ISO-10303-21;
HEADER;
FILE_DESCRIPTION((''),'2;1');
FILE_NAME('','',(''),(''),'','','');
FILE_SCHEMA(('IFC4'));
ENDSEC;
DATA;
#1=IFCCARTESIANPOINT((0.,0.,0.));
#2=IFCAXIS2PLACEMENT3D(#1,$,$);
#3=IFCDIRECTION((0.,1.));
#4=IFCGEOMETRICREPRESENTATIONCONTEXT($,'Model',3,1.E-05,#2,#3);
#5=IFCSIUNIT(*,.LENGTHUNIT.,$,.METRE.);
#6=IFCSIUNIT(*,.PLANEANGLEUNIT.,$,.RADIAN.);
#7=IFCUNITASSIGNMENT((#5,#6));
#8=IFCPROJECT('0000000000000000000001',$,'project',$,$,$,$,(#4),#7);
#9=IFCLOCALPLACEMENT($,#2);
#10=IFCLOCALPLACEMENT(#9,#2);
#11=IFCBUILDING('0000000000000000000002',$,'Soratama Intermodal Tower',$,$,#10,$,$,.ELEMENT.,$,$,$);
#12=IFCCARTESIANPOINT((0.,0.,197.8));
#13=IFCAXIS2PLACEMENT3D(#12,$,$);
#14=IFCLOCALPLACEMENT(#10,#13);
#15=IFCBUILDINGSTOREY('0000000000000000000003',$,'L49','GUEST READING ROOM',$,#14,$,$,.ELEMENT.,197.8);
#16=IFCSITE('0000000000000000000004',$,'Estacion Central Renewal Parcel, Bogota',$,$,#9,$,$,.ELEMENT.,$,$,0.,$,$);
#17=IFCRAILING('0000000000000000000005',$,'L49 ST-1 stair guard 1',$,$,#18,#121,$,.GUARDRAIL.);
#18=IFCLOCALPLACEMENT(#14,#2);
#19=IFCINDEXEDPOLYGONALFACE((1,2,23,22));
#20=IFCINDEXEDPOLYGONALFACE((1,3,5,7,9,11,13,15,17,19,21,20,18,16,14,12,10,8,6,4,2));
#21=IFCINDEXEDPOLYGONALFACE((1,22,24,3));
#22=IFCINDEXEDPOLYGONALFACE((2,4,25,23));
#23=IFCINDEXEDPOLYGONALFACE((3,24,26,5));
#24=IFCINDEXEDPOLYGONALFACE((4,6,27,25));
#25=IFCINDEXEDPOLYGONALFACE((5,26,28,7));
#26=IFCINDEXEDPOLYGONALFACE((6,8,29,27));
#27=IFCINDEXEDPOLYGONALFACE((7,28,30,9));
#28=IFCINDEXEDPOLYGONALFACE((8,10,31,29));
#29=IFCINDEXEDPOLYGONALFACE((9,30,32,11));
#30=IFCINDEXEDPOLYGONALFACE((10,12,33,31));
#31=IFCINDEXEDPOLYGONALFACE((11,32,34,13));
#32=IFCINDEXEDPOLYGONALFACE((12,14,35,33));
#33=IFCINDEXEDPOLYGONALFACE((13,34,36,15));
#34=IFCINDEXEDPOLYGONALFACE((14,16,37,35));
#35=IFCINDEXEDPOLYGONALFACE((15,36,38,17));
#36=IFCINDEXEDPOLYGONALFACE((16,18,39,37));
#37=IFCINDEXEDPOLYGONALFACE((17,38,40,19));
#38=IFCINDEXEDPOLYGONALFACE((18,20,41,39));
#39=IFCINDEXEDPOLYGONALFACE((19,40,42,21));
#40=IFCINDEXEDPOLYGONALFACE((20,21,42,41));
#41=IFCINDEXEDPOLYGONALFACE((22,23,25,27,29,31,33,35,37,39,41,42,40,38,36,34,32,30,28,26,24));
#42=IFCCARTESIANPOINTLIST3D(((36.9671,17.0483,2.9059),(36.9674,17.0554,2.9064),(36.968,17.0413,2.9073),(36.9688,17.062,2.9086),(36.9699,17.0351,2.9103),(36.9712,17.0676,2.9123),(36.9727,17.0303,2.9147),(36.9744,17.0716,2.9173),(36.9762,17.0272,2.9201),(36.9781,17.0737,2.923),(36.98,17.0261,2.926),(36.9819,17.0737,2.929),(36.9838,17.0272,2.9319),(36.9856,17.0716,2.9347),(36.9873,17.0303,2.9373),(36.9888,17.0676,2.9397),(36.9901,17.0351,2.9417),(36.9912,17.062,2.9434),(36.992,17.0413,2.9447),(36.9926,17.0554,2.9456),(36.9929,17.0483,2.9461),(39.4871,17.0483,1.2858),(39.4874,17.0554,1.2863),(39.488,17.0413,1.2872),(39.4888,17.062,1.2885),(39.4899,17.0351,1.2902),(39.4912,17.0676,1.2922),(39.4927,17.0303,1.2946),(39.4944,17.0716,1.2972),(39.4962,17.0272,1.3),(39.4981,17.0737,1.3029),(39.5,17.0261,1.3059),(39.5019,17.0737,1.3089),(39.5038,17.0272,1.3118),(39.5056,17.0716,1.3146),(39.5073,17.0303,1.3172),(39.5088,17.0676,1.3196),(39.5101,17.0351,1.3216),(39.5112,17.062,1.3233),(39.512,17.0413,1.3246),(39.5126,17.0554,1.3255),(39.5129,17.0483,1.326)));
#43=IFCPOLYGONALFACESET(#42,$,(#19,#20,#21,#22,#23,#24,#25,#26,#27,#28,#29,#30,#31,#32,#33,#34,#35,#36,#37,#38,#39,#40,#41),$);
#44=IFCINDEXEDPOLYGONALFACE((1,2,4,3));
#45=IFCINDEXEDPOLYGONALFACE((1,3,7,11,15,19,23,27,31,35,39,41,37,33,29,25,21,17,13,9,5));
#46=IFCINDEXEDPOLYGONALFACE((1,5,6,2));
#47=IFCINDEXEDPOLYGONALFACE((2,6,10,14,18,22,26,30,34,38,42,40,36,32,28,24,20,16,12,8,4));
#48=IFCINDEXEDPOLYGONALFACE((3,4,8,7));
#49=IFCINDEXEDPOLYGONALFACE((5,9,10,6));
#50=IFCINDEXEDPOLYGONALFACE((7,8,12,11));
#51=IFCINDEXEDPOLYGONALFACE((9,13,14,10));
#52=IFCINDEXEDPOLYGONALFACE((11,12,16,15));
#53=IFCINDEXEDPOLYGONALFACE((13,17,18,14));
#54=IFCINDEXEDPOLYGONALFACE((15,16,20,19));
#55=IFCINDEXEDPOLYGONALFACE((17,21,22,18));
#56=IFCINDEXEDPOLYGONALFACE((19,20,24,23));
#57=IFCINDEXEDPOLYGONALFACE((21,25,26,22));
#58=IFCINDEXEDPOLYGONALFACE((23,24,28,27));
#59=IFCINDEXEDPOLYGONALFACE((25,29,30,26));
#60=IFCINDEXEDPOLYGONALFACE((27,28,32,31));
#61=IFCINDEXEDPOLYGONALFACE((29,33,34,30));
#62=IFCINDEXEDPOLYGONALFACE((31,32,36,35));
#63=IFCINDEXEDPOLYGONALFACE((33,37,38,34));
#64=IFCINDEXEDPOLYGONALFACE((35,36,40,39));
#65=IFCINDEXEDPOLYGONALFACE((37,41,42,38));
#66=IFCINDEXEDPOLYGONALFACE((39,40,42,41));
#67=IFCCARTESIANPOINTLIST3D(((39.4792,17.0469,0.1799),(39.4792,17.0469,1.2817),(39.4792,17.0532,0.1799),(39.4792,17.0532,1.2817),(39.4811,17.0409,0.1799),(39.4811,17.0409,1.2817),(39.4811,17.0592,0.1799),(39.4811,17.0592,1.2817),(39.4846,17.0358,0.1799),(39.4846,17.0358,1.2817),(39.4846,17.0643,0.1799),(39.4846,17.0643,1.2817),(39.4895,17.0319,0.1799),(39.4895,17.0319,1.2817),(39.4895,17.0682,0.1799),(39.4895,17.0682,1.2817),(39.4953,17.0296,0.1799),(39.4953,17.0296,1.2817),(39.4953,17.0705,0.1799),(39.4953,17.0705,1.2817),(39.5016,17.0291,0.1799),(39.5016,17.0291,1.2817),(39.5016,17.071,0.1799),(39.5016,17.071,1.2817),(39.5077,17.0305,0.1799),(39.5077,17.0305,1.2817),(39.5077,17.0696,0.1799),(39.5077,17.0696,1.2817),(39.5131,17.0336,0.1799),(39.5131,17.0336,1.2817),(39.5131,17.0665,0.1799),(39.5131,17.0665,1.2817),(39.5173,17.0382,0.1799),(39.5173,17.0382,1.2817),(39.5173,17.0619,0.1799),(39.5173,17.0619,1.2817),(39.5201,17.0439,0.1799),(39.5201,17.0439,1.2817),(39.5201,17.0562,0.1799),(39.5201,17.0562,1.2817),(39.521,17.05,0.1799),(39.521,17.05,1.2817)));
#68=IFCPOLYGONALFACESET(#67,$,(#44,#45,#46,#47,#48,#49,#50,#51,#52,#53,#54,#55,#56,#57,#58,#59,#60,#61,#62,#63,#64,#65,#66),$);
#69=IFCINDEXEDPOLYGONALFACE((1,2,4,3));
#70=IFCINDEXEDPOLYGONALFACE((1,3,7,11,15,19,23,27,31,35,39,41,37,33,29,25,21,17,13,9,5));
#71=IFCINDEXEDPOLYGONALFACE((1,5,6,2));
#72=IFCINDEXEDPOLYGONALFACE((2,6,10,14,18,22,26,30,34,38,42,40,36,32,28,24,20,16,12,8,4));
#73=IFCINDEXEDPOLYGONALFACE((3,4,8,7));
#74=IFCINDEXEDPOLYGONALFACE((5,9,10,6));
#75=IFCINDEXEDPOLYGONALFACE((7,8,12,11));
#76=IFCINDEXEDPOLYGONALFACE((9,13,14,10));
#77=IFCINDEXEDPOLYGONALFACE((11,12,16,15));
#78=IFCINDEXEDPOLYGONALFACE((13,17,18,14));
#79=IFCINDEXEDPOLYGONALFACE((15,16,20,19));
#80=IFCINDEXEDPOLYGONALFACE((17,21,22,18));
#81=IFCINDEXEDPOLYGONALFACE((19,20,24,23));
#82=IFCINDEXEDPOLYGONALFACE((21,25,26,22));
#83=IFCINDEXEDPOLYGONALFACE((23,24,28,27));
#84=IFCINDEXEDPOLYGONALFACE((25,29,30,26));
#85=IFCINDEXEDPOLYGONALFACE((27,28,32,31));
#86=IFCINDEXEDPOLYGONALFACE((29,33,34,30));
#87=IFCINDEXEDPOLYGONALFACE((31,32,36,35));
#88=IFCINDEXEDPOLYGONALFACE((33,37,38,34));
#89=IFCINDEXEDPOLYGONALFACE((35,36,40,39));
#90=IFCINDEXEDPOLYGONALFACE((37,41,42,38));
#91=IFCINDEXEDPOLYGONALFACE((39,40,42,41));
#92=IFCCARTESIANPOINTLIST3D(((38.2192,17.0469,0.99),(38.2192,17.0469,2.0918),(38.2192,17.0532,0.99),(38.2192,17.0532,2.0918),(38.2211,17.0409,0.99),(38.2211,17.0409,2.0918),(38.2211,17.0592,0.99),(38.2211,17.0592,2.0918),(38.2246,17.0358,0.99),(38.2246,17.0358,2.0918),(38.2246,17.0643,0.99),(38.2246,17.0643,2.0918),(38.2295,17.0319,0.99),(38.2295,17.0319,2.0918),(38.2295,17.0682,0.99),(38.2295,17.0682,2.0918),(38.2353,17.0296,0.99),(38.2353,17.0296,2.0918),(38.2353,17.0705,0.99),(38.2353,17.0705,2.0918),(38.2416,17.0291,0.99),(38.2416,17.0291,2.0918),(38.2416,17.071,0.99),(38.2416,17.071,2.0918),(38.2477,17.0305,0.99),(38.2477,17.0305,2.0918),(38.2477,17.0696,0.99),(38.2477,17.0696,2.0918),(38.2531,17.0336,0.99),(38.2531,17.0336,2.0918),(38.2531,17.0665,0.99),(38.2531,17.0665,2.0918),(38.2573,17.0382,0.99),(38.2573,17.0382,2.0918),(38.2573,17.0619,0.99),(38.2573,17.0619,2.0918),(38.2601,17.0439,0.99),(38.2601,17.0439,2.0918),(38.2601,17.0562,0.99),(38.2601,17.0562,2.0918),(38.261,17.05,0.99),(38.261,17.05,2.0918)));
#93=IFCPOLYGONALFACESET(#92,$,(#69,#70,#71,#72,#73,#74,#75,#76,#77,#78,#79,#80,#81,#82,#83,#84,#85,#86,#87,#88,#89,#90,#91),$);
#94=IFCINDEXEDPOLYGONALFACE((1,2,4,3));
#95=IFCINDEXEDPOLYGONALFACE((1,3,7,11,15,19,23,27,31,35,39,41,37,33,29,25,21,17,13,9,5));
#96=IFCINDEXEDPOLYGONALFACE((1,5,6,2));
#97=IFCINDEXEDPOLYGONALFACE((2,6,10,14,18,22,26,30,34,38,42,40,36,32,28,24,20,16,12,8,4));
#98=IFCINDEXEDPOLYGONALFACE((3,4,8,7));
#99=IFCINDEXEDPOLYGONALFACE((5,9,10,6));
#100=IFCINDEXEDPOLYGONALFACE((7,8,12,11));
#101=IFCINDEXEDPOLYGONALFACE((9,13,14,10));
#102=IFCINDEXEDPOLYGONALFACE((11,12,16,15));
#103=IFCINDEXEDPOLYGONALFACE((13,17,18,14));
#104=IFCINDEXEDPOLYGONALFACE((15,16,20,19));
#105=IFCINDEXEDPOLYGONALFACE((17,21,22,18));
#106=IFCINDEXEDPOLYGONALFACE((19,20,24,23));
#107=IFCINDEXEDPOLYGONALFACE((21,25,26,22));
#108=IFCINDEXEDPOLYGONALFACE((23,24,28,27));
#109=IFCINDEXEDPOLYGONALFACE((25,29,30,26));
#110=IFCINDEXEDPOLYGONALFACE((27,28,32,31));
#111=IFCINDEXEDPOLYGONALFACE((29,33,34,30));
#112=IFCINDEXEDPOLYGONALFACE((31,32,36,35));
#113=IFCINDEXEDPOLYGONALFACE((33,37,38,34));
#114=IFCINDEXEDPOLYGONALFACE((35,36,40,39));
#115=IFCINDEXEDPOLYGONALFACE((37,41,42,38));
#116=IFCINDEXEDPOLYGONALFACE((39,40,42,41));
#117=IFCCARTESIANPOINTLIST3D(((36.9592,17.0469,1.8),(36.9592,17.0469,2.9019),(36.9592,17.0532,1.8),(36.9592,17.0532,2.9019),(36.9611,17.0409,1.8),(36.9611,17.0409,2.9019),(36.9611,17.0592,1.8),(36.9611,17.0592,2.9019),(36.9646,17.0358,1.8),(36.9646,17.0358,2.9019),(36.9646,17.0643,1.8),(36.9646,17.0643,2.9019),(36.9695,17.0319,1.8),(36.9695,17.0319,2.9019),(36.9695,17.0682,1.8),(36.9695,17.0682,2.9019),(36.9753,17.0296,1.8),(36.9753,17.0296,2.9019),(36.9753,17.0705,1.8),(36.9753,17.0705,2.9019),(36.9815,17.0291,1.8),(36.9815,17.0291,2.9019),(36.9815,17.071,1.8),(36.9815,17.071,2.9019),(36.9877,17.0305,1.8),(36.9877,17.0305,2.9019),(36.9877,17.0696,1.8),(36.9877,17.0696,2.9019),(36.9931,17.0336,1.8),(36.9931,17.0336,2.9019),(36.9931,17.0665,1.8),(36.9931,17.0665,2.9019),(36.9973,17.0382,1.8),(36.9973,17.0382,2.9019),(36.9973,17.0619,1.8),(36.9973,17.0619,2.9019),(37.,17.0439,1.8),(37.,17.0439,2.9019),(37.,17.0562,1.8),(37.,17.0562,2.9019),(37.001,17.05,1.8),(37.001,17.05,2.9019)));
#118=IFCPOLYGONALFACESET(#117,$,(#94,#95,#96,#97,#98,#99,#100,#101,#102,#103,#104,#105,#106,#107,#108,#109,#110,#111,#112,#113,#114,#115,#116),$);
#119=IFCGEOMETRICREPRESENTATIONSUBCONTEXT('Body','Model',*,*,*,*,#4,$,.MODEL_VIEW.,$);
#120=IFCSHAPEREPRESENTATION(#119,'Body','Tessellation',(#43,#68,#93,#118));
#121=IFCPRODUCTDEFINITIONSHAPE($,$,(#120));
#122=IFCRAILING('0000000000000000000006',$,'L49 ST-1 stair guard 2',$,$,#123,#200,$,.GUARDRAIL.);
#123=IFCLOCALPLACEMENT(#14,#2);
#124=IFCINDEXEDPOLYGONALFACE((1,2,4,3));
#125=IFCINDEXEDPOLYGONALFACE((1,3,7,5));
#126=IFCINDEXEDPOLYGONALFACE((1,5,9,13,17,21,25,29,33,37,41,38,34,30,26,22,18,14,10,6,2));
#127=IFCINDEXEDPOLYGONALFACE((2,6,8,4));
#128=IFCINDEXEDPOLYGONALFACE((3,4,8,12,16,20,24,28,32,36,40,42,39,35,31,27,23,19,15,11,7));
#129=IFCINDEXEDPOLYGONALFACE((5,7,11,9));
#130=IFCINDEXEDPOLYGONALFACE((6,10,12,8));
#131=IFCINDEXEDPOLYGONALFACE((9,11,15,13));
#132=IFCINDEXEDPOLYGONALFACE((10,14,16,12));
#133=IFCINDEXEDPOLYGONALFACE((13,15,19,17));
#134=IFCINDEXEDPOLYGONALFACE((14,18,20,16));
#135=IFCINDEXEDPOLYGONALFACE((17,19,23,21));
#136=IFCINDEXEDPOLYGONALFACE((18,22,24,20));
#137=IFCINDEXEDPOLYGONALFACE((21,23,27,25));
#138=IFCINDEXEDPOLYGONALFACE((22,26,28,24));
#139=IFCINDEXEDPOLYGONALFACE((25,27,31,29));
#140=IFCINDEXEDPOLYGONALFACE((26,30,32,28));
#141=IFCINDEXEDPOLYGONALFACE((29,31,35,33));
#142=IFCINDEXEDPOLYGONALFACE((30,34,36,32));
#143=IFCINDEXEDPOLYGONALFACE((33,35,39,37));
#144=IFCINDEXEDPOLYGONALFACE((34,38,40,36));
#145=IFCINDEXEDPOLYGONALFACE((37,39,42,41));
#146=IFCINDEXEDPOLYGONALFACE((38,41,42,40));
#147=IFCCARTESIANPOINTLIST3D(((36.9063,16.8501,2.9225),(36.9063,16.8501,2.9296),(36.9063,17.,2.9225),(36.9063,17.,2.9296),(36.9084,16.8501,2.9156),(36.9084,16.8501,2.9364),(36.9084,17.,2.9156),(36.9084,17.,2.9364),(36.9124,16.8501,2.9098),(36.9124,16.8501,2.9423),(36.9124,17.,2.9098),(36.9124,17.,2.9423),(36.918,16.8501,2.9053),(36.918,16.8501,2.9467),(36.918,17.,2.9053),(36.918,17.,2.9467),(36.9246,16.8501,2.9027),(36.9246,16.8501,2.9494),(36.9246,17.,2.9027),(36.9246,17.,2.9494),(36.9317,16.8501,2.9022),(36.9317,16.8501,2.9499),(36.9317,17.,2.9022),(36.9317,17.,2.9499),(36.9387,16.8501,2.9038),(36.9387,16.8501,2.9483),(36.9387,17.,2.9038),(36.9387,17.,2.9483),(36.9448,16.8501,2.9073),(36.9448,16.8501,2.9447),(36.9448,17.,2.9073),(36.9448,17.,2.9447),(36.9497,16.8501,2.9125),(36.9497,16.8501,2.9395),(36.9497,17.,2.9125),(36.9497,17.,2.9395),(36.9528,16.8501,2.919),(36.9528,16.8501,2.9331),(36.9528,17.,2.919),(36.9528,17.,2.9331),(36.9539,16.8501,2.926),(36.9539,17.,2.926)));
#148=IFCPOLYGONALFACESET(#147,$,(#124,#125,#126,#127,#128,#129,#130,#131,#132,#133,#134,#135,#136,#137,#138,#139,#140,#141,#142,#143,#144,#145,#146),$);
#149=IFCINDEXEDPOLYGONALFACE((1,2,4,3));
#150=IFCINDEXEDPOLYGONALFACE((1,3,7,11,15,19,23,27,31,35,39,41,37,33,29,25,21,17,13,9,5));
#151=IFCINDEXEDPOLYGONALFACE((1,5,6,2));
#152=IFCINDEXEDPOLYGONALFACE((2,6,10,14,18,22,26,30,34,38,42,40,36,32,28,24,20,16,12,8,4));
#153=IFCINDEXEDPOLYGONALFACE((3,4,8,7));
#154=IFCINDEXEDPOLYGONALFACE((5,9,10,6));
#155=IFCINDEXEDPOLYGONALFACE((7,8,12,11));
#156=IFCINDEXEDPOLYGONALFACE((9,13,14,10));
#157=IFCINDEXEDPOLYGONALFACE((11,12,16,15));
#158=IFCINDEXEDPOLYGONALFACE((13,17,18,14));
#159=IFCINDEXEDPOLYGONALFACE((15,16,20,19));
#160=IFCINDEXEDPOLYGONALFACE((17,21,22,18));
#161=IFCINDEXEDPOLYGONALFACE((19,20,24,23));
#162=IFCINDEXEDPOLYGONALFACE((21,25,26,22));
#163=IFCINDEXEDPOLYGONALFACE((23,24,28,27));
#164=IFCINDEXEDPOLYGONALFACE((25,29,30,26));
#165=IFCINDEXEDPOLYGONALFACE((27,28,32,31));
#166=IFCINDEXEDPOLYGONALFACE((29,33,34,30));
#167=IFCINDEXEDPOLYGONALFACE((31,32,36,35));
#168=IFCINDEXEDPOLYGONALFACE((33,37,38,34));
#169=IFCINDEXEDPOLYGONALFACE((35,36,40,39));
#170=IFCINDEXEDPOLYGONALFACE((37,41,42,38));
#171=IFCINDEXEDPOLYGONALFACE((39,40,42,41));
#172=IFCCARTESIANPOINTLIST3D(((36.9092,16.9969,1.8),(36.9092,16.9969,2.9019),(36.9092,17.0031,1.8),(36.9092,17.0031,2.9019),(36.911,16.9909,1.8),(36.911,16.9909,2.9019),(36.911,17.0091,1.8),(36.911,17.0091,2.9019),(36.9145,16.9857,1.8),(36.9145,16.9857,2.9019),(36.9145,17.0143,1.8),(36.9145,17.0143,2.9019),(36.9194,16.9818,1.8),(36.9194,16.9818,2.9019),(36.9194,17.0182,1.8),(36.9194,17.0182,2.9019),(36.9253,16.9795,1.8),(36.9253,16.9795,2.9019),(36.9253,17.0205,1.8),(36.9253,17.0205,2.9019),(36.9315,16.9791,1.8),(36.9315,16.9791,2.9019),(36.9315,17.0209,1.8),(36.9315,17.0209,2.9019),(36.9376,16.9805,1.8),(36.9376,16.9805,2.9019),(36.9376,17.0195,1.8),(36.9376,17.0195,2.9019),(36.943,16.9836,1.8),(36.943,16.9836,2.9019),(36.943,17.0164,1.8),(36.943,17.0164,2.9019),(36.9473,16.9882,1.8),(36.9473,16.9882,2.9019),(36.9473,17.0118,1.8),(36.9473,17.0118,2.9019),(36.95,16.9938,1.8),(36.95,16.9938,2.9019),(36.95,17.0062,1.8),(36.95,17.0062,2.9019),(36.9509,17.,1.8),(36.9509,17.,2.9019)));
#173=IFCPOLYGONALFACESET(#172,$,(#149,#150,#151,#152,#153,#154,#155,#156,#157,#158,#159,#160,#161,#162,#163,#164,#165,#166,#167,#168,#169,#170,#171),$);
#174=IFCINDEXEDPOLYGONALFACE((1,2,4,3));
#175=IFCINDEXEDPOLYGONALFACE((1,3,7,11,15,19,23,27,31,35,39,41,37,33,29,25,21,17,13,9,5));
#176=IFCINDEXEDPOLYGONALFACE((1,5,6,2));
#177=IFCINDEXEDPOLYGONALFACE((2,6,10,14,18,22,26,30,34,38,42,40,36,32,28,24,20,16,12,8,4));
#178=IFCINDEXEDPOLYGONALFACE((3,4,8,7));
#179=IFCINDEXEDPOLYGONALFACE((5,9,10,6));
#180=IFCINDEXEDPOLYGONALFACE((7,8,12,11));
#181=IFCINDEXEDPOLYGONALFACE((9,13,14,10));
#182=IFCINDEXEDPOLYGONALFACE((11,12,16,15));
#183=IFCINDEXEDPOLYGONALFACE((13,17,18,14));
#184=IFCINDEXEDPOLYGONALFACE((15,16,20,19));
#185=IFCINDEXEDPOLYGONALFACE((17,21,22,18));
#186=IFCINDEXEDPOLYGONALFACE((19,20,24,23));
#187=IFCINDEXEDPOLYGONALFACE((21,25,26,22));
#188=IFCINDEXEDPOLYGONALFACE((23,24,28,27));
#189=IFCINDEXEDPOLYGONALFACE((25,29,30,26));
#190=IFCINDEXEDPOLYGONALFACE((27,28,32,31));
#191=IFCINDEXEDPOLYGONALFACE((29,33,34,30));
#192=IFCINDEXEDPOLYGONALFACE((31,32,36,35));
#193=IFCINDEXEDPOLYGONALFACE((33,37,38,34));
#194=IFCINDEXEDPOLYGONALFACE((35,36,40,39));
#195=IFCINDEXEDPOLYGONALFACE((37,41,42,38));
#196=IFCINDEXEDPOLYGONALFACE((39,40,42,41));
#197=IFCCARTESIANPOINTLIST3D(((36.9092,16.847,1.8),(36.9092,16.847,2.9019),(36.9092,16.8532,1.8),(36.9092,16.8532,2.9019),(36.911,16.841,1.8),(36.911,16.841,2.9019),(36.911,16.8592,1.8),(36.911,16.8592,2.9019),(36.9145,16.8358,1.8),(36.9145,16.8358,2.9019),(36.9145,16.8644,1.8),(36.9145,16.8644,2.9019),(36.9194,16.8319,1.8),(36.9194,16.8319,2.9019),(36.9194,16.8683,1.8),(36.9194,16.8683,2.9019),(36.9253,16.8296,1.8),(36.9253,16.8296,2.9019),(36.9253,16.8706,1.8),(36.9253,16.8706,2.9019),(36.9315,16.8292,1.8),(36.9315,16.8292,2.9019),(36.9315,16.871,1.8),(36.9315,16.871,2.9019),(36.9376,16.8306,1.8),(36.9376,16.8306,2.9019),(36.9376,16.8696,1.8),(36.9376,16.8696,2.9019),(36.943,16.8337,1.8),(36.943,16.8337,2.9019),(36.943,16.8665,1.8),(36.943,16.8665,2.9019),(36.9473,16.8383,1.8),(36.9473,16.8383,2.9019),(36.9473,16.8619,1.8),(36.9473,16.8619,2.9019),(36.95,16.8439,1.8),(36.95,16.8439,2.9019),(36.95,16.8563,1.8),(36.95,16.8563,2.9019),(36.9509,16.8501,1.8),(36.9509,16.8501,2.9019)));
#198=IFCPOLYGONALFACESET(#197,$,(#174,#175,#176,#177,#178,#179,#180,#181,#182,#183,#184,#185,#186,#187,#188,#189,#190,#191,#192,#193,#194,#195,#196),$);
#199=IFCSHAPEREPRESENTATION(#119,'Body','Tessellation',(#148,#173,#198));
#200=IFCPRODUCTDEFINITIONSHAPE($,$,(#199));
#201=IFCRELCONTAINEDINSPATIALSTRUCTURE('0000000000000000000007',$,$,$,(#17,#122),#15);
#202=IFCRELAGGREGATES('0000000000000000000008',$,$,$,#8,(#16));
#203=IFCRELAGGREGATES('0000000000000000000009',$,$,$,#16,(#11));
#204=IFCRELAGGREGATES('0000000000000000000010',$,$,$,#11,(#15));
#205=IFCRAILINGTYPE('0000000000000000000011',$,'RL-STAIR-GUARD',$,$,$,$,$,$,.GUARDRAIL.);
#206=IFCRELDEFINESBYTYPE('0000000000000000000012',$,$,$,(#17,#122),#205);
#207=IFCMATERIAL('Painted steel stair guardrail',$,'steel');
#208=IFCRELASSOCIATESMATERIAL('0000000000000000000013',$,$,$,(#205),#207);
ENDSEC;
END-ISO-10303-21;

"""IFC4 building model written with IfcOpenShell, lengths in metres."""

from ifc_helpers import new_model, si_unit, direction, frame, origin, origin_2d, place, context, subcontext, project, spatial, circle, extrude, material, type_object, element, save


model = new_model("IFC4")

# Units and contexts
model_context = context("Model", 3, precision=1e-05, world=origin(), true_north=direction((0.0, 1.0)))
body_context = subcontext(model_context, "Body", "Model", "MODEL_VIEW")
ifc_project = project(units=[si_unit("LENGTHUNIT", "METRE"), si_unit("PLANEANGLEUNIT", "RADIAN")], contexts=[model_context])

# Site, building, storey
site_placement = place(None, origin())
site = spatial("IfcSite", under=ifc_project, at=site_placement, Name="Estacion Central Renewal Parcel, Bogota", CompositionType="ELEMENT", RefElevation=0.0)
building_placement = place(site_placement, origin())
building = spatial("IfcBuilding", under=site, at=building_placement, Name="Soratama Intermodal Tower", CompositionType="ELEMENT")
storey_placement = place(building_placement, frame((0.0, 0.0, 197.8)))
storey = spatial("IfcBuildingStorey", under=building, at=storey_placement, Name="L49", Description="GUEST READING ROOM", CompositionType="ELEMENT", Elevation=197.8)

# Railings
ifc_material_1 = material(Name="Painted steel stair guardrail", Category="steel")
railing_type_1 = type_object("IfcRailingType", Name="RL-STAIR-GUARD", PredefinedType="GUARDRAIL", material=ifc_material_1)
railing_1_placement = place(storey_placement, frame((39.5, 17.05, 0.1799)))
element("IfcRailing", 1, at=railing_1_placement, inside=storey, type_object=railing_type_1, Name="L49 ST-1 stair guard 1", PredefinedType="GUARDRAIL", context=body_context, shape_type="SweptSolid", body=[
    extrude(circle(Radius=0.0239, at=origin_2d()), frame((0.0, 0.0, 1.126), z_axis=(-0.841163, 0.0, 0.540782), x_axis=(0.0, -1.0, 0.0)), (0.0, 0.0, 1.0), 2.9958),
    extrude(circle(Radius=0.021, at=origin_2d()), origin(), (0.0, 0.0, 1.0), 1.1018),
    extrude(circle(Radius=0.021, at=origin_2d()), frame((-1.26, 0.0, 0.8101)), (0.0, 0.0, 1.0), 1.1018),
    extrude(circle(Radius=0.021, at=origin_2d()), frame((-2.52, 0.0, 1.6201)), (0.0, 0.0, 1.0), 1.1018),
])
railing_2_placement = place(storey_placement, frame((36.9299, 17.0, 1.8)))
element("IfcRailing", 2, at=railing_2_placement, inside=storey, type_object=railing_type_1, Name="L49 ST-1 stair guard 2", PredefinedType="GUARDRAIL", context=body_context, shape_type="SweptSolid", body=[
    extrude(circle(Radius=0.0239, at=origin_2d()), frame((0.0, 0.0, 1.126), z_axis=(0.0, -1.0, 0.0), x_axis=(1.0, 0.0, 0.0)), (0.0, 0.0, 1.0), 0.1499),
    extrude(circle(Radius=0.021, at=origin_2d()), origin(), (0.0, 0.0, 1.0), 1.1018),
    extrude(circle(Radius=0.021, at=origin_2d()), frame((0.0, -0.1499, 0.0)), (0.0, 0.0, 1.0), 1.1018),
])

save(model, "model.ifc")
